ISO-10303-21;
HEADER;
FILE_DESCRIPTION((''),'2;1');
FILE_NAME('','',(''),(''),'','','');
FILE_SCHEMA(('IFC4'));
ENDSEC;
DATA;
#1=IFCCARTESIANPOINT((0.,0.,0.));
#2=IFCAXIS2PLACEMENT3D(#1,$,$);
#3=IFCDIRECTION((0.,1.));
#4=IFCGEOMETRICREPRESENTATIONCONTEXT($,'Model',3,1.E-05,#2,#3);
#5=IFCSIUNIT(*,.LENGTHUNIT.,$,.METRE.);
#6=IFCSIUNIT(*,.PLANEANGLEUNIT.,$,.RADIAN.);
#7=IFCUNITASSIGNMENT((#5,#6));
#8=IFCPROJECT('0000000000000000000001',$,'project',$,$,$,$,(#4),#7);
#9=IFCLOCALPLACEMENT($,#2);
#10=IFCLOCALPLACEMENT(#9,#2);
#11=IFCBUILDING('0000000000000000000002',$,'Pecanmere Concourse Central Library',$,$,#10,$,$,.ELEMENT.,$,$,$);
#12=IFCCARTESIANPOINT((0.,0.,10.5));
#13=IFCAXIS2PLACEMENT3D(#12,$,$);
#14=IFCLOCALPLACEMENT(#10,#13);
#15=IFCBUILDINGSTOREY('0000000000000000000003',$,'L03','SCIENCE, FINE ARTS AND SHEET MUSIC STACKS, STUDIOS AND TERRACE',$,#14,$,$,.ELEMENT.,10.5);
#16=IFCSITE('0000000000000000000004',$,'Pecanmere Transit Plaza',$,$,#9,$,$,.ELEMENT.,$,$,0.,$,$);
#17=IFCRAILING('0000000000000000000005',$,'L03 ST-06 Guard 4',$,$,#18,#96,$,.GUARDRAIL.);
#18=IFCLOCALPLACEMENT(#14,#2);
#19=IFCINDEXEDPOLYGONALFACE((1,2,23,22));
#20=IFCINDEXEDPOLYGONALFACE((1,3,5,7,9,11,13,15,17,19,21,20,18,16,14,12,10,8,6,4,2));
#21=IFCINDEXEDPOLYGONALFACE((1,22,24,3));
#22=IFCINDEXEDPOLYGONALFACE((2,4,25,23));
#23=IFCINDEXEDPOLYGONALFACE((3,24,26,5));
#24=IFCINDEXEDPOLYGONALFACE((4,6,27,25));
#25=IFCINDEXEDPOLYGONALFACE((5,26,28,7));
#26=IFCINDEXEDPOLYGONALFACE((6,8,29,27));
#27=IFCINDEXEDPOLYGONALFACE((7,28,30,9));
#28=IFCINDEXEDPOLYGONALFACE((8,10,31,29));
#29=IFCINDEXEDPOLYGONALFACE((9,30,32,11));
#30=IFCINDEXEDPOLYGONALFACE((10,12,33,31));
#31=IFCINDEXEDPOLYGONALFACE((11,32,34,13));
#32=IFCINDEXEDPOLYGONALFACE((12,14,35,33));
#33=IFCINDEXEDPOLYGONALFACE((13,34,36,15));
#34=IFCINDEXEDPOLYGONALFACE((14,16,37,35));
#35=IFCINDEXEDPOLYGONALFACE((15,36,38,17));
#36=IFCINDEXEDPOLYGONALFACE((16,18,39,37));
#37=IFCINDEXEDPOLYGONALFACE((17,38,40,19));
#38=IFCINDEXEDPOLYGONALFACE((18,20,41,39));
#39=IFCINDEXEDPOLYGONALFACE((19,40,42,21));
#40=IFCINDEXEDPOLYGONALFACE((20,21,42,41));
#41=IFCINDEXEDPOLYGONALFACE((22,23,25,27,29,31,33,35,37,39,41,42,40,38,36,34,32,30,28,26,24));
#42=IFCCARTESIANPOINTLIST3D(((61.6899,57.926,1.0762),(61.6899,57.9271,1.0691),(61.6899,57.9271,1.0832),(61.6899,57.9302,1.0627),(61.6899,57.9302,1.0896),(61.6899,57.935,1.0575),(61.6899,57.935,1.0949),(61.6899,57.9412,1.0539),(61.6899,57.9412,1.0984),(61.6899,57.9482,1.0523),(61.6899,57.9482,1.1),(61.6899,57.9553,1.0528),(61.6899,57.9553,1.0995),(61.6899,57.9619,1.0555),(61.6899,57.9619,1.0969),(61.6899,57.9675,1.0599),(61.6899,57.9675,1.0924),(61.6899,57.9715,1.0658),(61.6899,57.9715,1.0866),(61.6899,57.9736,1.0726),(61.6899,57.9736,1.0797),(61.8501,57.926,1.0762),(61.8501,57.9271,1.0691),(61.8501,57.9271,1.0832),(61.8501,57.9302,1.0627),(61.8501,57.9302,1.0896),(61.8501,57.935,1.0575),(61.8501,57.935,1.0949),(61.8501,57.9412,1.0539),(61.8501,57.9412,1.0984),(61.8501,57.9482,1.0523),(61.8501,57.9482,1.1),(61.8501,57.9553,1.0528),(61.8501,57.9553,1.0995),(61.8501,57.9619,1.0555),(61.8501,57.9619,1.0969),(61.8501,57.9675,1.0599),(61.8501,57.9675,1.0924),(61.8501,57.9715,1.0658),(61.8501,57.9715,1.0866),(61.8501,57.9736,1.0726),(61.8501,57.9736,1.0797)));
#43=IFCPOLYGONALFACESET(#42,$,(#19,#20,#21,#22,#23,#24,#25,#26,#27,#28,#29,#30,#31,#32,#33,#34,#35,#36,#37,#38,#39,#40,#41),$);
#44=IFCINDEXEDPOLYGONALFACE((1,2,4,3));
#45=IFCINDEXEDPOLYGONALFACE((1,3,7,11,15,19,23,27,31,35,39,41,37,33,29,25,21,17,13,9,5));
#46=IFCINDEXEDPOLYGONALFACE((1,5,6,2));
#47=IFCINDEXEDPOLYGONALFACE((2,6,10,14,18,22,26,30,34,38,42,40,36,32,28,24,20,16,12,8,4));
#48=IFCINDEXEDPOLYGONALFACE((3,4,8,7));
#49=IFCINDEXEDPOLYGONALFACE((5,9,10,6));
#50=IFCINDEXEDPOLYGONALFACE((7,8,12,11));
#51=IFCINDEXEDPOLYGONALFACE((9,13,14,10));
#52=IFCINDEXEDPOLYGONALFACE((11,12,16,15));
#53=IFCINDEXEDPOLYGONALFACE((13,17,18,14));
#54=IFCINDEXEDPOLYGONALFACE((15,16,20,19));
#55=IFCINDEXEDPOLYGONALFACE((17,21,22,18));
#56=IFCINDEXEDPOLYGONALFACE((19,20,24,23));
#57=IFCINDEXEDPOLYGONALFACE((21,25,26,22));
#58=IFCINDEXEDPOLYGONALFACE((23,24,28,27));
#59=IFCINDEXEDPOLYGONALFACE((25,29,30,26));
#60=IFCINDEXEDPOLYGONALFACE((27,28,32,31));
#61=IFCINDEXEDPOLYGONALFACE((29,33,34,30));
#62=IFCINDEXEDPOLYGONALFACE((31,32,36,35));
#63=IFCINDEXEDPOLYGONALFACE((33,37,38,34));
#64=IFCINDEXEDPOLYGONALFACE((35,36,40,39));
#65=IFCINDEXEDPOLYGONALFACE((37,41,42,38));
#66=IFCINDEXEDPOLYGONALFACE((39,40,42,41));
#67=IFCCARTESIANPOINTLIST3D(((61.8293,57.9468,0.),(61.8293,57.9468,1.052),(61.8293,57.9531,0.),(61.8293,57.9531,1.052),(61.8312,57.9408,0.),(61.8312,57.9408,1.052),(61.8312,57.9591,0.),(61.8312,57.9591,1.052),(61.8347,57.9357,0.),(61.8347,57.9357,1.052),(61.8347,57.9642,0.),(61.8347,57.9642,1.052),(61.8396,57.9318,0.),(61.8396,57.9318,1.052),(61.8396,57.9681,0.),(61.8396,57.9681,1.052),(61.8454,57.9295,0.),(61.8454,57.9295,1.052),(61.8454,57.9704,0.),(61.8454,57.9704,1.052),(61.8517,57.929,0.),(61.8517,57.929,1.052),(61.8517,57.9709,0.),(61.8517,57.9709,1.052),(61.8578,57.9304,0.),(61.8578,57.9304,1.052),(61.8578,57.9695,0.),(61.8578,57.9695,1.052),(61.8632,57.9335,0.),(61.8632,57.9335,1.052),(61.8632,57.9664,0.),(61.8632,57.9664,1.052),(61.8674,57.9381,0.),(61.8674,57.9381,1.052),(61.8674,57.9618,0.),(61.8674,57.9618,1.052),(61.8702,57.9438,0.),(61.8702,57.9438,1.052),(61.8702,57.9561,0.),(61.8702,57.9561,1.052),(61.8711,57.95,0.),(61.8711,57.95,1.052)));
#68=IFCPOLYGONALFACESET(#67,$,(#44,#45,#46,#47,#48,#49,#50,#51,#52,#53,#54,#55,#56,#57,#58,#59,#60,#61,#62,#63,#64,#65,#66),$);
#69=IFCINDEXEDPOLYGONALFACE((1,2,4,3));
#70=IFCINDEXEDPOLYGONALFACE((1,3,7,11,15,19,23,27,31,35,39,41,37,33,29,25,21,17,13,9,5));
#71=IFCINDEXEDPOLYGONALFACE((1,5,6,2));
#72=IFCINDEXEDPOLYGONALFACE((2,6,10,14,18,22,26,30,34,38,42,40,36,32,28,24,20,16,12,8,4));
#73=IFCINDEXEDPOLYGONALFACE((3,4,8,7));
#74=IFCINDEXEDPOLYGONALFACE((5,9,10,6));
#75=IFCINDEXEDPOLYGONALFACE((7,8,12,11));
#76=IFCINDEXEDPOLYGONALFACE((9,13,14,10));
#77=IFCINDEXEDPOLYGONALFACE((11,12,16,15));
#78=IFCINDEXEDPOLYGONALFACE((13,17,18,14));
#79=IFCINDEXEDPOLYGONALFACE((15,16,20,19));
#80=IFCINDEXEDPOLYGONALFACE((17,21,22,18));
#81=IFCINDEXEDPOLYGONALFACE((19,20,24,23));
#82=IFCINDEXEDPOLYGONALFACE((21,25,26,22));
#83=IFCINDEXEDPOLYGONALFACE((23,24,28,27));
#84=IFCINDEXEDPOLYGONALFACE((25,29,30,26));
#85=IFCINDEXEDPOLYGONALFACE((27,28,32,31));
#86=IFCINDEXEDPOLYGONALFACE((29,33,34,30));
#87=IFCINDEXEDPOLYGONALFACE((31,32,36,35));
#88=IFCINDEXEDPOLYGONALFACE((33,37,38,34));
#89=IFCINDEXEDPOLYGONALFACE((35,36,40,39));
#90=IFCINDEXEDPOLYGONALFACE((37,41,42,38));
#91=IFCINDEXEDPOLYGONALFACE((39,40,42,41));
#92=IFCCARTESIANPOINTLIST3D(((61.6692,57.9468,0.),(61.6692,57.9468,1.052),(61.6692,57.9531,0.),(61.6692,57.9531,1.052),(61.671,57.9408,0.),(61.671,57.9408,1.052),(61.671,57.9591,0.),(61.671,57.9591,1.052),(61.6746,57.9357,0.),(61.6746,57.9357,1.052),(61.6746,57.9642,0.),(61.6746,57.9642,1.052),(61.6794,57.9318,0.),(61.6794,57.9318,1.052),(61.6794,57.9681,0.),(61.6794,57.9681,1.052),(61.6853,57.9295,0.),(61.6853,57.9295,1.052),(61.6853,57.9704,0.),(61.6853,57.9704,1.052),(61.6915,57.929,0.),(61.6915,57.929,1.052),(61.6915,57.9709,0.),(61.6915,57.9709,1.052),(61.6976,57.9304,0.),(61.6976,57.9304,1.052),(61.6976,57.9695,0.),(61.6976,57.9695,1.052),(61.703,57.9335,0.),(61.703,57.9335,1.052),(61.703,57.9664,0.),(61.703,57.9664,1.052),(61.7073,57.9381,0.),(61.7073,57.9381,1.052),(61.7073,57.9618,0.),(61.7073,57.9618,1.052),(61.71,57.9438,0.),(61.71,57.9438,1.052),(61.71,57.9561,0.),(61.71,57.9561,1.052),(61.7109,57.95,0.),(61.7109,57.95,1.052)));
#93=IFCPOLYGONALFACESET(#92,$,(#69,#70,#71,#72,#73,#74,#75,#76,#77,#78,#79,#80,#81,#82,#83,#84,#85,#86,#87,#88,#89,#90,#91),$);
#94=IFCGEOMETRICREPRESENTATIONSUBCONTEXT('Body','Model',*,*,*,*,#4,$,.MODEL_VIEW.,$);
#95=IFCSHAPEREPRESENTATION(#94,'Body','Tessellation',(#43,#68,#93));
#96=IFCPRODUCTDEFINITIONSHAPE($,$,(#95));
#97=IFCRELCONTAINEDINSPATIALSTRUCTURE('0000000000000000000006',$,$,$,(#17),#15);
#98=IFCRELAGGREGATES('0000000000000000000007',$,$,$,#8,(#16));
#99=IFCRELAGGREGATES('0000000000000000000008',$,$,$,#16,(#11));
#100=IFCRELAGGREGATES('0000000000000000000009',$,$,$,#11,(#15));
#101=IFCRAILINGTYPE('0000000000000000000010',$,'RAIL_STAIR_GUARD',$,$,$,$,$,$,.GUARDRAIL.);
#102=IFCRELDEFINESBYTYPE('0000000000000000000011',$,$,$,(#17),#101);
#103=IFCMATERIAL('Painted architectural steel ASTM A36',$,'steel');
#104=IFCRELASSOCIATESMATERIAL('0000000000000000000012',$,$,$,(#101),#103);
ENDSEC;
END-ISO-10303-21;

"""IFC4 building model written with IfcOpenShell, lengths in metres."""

from ifc_helpers import new_model, si_unit, direction, frame, origin, origin_2d, place, context, subcontext, project, spatial, circle, extrude, material, type_object, element, save


model = new_model("IFC4")

# Units and contexts
model_context = context("Model", 3, precision=1e-05, world=origin(), true_north=direction((0.0, 1.0)))
body_context = subcontext(model_context, "Body", "Model", "MODEL_VIEW")
ifc_project = project(units=[si_unit("LENGTHUNIT", "METRE"), si_unit("PLANEANGLEUNIT", "RADIAN")], contexts=[model_context])

# Site, building, storey
site_placement = place(None, origin())
site = spatial("IfcSite", under=ifc_project, at=site_placement, Name="Pecanmere Transit Plaza", CompositionType="ELEMENT", RefElevation=0.0)
building_placement = place(site_placement, origin())
building = spatial("IfcBuilding", under=site, at=building_placement, Name="Pecanmere Concourse Central Library", CompositionType="ELEMENT")
storey_placement = place(building_placement, frame((0.0, 0.0, 10.5)))
storey = spatial("IfcBuildingStorey", under=building, at=storey_placement, Name="L03", Description="SCIENCE, FINE ARTS AND SHEET MUSIC STACKS, STUDIOS AND TERRACE", CompositionType="ELEMENT", Elevation=10.5)

# Railing
ifc_material_1 = material(Name="Painted architectural steel ASTM A36", Category="steel")
railing_type_1 = type_object("IfcRailingType", Name="RAIL_STAIR_GUARD", PredefinedType="GUARDRAIL", material=ifc_material_1)
railing_1_placement = place(storey_placement, frame((61.8501, 57.95, 0.0)))
element("IfcRailing", 1, at=railing_1_placement, inside=storey, type_object=railing_type_1, Name="L03 ST-06 Guard 4", PredefinedType="GUARDRAIL", context=body_context, shape_type="SweptSolid", body=[
    extrude(circle(Radius=0.0239, at=origin_2d()), frame((0.0, 0.0, 1.0762), z_axis=(-1.0, 0.0, 0.0), x_axis=(0.0, -1.0, 0.0)), (0.0, 0.0, 1.0), 0.1602),
    extrude(circle(Radius=0.021, at=origin_2d()), origin(), (0.0, 0.0, 1.0), 1.052),
    extrude(circle(Radius=0.021, at=origin_2d()), frame((-0.1602, 0.0, 0.0)), (0.0, 0.0, 1.0), 1.052),
])

save(model, "model.ifc")
